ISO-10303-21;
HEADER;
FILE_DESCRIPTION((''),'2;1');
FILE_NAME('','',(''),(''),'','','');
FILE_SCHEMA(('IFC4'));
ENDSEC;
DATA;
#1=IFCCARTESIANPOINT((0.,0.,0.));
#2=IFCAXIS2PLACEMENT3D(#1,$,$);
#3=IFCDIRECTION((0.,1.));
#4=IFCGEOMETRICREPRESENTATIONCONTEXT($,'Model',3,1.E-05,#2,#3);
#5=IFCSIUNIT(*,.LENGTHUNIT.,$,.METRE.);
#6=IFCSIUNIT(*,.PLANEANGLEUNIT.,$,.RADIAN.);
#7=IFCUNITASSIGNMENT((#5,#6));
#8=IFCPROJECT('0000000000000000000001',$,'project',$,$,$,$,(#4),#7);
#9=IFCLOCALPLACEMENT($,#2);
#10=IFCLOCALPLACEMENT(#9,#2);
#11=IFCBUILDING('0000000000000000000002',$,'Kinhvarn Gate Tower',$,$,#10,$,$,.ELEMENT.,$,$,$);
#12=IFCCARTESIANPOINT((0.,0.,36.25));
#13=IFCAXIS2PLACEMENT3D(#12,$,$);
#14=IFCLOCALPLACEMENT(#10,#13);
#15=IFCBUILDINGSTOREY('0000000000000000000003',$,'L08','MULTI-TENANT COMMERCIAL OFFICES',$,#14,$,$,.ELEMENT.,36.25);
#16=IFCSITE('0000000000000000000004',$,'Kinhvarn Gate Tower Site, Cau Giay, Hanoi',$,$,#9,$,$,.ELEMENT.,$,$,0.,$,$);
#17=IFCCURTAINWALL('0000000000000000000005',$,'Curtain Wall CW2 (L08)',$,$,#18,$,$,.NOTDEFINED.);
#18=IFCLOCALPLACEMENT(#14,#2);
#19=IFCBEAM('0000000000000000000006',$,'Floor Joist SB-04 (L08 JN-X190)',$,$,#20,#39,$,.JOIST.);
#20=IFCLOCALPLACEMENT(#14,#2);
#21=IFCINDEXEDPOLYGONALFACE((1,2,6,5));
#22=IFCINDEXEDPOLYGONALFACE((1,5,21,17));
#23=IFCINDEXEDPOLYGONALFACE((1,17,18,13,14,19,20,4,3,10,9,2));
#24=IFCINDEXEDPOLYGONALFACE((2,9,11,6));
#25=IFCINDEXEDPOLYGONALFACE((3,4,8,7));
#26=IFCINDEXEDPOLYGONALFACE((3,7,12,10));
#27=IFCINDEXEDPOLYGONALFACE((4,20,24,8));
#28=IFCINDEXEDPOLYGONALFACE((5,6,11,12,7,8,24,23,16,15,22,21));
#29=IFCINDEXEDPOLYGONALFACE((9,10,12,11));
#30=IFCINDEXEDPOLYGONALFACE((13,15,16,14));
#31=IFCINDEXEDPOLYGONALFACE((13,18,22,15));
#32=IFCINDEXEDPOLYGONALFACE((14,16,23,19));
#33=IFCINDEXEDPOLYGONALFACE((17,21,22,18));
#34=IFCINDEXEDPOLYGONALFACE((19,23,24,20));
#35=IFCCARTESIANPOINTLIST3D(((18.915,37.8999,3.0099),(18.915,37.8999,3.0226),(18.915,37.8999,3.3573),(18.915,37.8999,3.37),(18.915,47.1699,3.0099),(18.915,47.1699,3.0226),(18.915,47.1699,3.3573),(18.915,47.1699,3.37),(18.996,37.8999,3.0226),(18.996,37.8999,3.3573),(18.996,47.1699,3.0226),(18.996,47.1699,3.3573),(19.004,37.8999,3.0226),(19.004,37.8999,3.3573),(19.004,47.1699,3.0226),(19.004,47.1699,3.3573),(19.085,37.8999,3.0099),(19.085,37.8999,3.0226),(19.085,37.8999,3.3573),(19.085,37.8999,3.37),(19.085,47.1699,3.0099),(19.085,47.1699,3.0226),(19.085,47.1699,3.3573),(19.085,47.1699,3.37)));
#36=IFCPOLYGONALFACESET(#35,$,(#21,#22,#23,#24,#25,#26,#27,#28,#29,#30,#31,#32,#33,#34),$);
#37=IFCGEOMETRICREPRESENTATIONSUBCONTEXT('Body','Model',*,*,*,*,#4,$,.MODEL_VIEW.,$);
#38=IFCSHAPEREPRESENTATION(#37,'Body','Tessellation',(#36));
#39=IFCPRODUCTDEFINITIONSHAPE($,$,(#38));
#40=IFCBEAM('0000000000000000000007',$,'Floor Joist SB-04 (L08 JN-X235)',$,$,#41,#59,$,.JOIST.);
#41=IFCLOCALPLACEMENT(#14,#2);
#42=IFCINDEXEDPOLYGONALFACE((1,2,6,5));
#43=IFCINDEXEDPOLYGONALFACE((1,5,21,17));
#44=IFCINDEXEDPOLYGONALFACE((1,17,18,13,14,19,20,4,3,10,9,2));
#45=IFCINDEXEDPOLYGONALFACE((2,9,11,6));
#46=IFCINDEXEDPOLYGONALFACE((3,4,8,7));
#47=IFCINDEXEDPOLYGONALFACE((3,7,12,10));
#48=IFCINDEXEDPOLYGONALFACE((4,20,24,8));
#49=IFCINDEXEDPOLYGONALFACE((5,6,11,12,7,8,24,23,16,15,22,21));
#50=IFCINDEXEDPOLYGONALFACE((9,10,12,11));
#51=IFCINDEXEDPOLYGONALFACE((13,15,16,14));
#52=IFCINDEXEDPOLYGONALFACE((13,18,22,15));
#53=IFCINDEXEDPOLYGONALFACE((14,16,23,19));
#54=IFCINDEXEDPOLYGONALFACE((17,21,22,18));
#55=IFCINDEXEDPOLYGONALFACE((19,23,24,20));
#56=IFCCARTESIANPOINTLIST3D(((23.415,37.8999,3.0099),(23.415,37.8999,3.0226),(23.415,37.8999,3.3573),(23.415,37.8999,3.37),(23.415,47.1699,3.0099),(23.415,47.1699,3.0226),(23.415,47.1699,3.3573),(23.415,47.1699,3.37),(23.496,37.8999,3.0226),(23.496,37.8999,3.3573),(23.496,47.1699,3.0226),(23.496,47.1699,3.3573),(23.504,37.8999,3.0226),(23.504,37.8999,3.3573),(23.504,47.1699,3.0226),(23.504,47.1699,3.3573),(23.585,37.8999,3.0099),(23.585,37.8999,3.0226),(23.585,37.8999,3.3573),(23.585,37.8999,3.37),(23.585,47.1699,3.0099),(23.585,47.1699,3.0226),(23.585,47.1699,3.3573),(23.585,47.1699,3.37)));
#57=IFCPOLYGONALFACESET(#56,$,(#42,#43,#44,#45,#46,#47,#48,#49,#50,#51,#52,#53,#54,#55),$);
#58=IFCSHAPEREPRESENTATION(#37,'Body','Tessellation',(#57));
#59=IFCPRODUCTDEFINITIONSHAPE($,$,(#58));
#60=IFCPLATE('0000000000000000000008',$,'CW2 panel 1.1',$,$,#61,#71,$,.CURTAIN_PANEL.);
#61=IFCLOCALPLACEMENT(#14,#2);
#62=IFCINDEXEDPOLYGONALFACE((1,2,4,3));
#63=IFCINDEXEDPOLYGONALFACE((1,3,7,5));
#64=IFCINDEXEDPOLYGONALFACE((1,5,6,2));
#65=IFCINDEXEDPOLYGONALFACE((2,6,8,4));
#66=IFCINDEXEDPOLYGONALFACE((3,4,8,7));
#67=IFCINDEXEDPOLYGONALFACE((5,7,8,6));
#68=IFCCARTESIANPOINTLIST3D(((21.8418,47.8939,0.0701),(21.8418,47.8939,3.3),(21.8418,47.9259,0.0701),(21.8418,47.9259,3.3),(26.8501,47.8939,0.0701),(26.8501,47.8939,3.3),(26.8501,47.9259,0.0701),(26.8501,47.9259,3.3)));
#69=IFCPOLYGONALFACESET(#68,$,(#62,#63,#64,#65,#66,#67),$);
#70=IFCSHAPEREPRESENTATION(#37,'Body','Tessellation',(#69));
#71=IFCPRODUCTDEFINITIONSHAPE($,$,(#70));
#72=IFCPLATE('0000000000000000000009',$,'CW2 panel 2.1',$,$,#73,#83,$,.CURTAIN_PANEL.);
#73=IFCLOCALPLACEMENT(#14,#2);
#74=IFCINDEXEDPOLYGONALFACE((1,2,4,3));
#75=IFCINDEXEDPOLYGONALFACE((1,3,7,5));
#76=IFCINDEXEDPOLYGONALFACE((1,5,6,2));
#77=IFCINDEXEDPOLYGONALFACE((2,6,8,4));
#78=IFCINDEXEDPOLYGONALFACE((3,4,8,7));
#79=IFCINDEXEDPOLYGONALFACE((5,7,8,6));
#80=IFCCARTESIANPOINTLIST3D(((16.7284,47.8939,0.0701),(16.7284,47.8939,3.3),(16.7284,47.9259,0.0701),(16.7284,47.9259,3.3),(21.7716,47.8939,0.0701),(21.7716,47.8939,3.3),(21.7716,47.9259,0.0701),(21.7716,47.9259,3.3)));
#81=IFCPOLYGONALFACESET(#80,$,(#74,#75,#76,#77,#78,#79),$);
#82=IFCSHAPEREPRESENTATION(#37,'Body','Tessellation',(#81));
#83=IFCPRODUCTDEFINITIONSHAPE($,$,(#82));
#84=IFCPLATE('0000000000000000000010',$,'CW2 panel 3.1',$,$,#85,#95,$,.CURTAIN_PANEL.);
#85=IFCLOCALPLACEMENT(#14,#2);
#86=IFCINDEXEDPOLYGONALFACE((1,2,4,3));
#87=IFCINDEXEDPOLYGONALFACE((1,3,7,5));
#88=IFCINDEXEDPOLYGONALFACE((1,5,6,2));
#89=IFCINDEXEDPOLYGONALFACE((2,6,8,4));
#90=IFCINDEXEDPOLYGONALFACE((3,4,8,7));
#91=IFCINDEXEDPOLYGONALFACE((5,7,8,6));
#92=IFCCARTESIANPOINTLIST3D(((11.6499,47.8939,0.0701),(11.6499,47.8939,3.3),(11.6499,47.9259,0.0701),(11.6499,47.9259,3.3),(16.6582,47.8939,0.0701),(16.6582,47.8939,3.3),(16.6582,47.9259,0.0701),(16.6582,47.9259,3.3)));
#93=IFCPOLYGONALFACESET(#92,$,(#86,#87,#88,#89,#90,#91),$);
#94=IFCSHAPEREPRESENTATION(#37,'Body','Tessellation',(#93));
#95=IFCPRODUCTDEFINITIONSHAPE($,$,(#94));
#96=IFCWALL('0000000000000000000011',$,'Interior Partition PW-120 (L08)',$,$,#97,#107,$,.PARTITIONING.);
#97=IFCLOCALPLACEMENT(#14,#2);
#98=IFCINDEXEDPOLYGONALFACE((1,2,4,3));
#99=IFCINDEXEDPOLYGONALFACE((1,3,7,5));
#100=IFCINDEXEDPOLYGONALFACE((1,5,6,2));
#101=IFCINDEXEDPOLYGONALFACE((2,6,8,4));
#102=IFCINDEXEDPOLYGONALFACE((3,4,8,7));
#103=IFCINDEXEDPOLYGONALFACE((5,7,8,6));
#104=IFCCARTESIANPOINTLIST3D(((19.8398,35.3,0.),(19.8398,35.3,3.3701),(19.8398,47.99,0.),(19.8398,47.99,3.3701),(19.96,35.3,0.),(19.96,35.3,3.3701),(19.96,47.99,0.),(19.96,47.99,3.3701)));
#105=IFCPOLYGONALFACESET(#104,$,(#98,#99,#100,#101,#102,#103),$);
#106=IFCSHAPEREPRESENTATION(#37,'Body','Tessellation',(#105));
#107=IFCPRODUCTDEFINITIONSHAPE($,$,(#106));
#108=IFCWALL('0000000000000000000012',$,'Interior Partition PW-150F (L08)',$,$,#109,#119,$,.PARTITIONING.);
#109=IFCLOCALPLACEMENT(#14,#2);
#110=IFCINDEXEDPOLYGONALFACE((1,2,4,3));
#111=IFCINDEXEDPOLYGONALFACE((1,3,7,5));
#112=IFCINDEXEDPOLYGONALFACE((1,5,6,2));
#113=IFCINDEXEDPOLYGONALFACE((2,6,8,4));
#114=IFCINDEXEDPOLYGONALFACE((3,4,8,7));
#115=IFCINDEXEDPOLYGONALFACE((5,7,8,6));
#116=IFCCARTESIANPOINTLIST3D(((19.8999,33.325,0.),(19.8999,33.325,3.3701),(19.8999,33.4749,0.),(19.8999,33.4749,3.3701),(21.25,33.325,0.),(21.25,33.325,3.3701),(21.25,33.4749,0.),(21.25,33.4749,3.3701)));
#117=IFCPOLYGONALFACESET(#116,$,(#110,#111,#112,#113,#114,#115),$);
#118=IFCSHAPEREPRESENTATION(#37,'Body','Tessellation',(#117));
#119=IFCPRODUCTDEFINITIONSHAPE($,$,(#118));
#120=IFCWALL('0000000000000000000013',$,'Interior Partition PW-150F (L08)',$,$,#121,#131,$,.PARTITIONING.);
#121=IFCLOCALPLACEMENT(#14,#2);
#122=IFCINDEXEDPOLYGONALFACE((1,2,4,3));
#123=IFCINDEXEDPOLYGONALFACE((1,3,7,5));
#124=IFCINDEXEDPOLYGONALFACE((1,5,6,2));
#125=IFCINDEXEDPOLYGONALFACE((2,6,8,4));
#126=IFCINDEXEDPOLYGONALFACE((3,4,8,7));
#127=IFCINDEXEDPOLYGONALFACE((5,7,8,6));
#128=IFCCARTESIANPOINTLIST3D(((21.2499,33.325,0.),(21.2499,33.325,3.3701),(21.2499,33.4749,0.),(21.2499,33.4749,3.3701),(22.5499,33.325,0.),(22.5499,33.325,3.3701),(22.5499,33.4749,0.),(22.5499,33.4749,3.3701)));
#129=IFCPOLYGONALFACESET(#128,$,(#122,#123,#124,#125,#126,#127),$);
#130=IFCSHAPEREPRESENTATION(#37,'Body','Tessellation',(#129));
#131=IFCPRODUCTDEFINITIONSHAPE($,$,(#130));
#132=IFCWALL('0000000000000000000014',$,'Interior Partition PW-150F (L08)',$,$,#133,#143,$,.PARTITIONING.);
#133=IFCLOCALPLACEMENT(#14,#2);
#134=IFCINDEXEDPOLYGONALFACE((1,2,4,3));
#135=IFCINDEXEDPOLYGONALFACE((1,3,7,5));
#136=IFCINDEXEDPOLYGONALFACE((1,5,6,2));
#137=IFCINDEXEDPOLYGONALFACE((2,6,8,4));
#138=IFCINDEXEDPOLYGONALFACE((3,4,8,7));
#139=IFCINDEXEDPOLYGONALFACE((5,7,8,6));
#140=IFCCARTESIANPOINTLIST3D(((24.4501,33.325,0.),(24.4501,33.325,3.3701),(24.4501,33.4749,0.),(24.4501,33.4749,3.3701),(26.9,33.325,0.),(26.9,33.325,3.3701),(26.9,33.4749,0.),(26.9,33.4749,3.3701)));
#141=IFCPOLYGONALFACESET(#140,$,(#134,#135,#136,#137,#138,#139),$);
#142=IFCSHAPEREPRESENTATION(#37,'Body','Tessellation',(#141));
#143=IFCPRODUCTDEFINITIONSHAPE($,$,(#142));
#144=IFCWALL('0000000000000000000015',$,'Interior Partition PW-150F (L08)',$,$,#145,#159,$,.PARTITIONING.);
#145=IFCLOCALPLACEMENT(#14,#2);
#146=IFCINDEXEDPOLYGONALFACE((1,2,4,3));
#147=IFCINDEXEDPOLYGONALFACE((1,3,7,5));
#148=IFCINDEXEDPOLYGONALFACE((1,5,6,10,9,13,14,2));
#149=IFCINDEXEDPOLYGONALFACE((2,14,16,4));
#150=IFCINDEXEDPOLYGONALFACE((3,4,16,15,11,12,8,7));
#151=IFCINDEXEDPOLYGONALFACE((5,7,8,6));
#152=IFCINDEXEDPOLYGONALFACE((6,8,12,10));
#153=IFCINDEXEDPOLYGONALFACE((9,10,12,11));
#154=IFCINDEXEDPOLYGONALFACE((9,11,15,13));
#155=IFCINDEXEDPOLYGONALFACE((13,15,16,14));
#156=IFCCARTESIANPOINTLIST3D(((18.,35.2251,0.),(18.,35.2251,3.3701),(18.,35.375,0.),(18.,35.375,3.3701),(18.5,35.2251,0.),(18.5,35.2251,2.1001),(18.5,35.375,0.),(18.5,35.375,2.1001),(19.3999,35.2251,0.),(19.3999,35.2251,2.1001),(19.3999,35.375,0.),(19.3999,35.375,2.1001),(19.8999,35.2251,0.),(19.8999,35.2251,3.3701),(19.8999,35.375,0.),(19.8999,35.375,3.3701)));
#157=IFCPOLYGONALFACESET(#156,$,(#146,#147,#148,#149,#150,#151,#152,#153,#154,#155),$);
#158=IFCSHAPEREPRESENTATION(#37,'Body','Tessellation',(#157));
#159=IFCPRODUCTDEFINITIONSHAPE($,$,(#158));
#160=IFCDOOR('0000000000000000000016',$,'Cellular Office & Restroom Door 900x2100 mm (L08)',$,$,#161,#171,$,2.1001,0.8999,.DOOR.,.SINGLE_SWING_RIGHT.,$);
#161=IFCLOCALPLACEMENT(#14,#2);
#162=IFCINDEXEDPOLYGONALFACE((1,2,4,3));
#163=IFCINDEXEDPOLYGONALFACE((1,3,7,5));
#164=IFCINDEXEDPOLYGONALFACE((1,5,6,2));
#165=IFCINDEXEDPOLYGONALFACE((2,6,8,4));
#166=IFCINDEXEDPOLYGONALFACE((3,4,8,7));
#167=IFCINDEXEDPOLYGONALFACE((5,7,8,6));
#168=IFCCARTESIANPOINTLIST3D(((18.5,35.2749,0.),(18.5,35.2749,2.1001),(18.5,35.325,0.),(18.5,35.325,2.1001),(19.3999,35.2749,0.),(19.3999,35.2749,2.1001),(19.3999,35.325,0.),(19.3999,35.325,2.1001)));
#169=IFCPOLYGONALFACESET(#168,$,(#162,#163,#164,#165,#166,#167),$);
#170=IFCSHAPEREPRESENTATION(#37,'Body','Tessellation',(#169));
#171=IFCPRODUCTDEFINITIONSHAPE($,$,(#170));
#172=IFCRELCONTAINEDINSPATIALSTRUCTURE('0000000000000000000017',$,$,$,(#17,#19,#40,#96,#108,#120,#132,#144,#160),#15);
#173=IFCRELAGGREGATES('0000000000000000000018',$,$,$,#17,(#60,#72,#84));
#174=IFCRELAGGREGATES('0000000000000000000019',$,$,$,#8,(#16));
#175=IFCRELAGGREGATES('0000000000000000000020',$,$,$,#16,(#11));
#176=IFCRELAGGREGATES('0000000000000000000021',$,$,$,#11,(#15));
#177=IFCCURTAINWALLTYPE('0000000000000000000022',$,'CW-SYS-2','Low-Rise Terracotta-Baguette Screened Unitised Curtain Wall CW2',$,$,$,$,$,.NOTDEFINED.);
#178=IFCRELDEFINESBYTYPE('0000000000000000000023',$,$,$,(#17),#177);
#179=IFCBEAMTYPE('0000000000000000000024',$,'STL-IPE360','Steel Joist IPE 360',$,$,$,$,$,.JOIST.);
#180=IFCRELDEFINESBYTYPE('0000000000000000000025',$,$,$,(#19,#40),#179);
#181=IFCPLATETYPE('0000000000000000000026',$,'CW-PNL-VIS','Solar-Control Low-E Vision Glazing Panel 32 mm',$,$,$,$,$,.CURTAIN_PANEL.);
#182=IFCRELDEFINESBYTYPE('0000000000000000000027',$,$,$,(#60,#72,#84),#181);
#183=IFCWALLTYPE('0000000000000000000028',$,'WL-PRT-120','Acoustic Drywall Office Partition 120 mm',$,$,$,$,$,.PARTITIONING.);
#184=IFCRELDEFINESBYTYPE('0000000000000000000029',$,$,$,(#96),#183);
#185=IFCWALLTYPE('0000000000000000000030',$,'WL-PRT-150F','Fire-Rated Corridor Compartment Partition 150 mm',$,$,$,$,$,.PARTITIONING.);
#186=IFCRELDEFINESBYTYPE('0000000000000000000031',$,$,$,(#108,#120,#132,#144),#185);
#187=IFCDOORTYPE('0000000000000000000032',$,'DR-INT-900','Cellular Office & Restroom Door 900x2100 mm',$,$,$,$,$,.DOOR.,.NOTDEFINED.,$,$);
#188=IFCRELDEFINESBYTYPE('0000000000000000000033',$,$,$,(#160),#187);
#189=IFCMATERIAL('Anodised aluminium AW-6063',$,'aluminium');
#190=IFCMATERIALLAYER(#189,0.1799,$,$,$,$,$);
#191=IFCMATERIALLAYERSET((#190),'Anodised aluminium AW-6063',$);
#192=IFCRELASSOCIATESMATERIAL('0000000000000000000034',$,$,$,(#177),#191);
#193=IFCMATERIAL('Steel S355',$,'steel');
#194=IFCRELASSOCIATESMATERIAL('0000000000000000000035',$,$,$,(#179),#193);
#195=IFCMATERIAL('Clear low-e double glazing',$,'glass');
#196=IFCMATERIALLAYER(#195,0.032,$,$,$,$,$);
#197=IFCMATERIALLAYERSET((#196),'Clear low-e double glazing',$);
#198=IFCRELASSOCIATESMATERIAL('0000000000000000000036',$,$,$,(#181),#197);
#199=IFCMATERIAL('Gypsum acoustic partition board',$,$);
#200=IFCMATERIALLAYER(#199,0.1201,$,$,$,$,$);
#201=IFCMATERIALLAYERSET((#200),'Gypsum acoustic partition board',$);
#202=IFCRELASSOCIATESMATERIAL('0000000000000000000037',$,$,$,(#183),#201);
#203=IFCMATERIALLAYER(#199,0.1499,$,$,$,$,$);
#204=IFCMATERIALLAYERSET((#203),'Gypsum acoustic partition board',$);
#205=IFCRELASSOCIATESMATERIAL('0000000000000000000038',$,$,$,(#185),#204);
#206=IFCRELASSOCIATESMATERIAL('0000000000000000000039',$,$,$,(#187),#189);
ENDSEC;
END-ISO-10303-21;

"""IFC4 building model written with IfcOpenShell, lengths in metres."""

from ifc_helpers import new_model, si_unit, direction, frame, frame_2d, origin, origin_2d, place, context, subcontext, project, spatial, rectangle, i_section, extrude, material, layer, layer_set, material_profile, profile_set, type_object, element, fill, aggregate, save


model = new_model("IFC4")

# Units and contexts
model_context = context("Model", 3, precision=1e-05, world=origin(), true_north=direction((0.0, 1.0)))
body_context = subcontext(model_context, "Body", "Model", "MODEL_VIEW")
ifc_project = project(units=[si_unit("LENGTHUNIT", "METRE"), si_unit("PLANEANGLEUNIT", "RADIAN")], contexts=[model_context])

# Site, building, storey
site_placement = place(None, origin())
site = spatial("IfcSite", under=ifc_project, at=site_placement, Name="Kinhvarn Gate Tower Site, Cau Giay, Hanoi", CompositionType="ELEMENT", RefElevation=0.0)
building_placement = place(site_placement, origin())
building = spatial("IfcBuilding", under=site, at=building_placement, Name="Kinhvarn Gate Tower", CompositionType="ELEMENT")
storey_placement = place(building_placement, frame((0.0, 0.0, 36.25)))
storey = spatial("IfcBuildingStorey", under=building, at=storey_placement, Name="L08", Description="MULTI-TENANT COMMERCIAL OFFICES", CompositionType="ELEMENT", Elevation=36.25)

# Curtain wall
ifc_material_1 = material(Name="Anodised aluminium AW-6063", Category="aluminium")
ifc_layer_1 = layer(ifc_material_1, 0.1799)
ifc_layer_set_1 = layer_set([ifc_layer_1], Name="Anodised aluminium AW-6063")
curtain_wall_type = type_object("IfcCurtainWallType", Name="CW-SYS-2", Description="Low-Rise Terracotta-Baguette Screened Unitised Curtain Wall CW2", PredefinedType="NOTDEFINED", material=ifc_layer_set_1)
curtain_wall_placement = place(storey_placement, origin())
curtain_wall = element("IfcCurtainWall", 1, at=curtain_wall_placement, inside=storey, type_object=curtain_wall_type, Name="Curtain Wall CW2 (L08)", PredefinedType="NOTDEFINED")

# Beams
ifc_material_2 = material(Name="Steel S355", Category="steel")
ifc_material_profile_1 = material_profile(ifc_material_2, i_section(OverallWidth=0.1699, OverallDepth=0.3601, WebThickness=0.0081, FlangeThickness=0.0127, at=origin_2d()), Name="IPE 360")
ifc_profile_set_1 = profile_set([ifc_material_profile_1], Name="Steel S355")
beam_type_1 = type_object("IfcBeamType", Name="STL-IPE360", Description="Steel Joist IPE 360", PredefinedType="JOIST", material=ifc_profile_set_1)
for number, where, z_axis, x_axis, name in (
    (2, (19.0, 37.8999, 3.1899), (0.0, 1.0, 0.0), (-1.0, 0.0, 0.0), "Floor Joist SB-04 (L08 JN-X190)"),
    (3, (23.5, 37.8999, 3.1899), (0.0, 1.0, 0.0), (-1.0, 0.0, 0.0), "Floor Joist SB-04 (L08 JN-X235)"),
):
    element("IfcBeam", number, at=place(storey_placement, frame(where, z_axis=z_axis, x_axis=x_axis)), inside=storey, type_object=beam_type_1, Name=name, PredefinedType="JOIST", context=body_context, shape_type="SweptSolid", body=[
        extrude(i_section(OverallWidth=0.1699, OverallDepth=0.3601, WebThickness=0.0081, FlangeThickness=0.0127, at=origin_2d()), origin(), (0.0, 0.0, 1.0), 9.27),
    ])

# Plates
ifc_material_3 = material(Name="Clear low-e double glazing", Category="glass")
ifc_layer_2 = layer(ifc_material_3, 0.032)
ifc_layer_set_2 = layer_set([ifc_layer_2], Name="Clear low-e double glazing")
plate_type = type_object("IfcPlateType", Name="CW-PNL-VIS", Description="Solar-Control Low-E Vision Glazing Panel 32 mm", PredefinedType="CURTAIN_PANEL", material=ifc_layer_set_2)
plate_1_placement = place(storey_placement, frame((24.3459, 47.9099, 0.0701), z_axis=(0.0, 0.0, 1.0), x_axis=(-1.0, 0.0, 0.0)))
plate_1 = element("IfcPlate", 4, at=plate_1_placement, type_object=plate_type, Name="CW2 panel 1.1", PredefinedType="CURTAIN_PANEL", context=body_context, shape_type="SweptSolid", body=[
    extrude(rectangle(XDim=5.0083, YDim=0.032, at=origin_2d()), origin(), (0.0, 0.0, 1.0), 3.23),
])
plate_2_placement = place(storey_placement, frame((19.25, 47.9099, 0.0701), z_axis=(0.0, 0.0, 1.0), x_axis=(-1.0, 0.0, 0.0)))
plate_2 = element("IfcPlate", 5, at=plate_2_placement, type_object=plate_type, Name="CW2 panel 2.1", PredefinedType="CURTAIN_PANEL", context=body_context, shape_type="SweptSolid", body=[
    extrude(rectangle(XDim=5.0432, YDim=0.032, at=origin_2d()), origin(), (0.0, 0.0, 1.0), 3.23),
])
plate_3_placement = place(storey_placement, frame((14.1541, 47.9099, 0.0701), z_axis=(0.0, 0.0, 1.0), x_axis=(-1.0, 0.0, 0.0)))
plate_3 = element("IfcPlate", 6, at=plate_3_placement, type_object=plate_type, Name="CW2 panel 3.1", PredefinedType="CURTAIN_PANEL", context=body_context, shape_type="SweptSolid", body=[
    extrude(rectangle(XDim=5.0083, YDim=0.032, at=origin_2d()), origin(), (0.0, 0.0, 1.0), 3.23),
])
aggregate(curtain_wall, [plate_1, plate_2, plate_3])

# Walls
ifc_material_4 = material(Name="Gypsum acoustic partition board")
ifc_layer_3 = layer(ifc_material_4, 0.1201)
ifc_layer_set_3 = layer_set([ifc_layer_3], Name="Gypsum acoustic partition board")
wall_type_1 = type_object("IfcWallType", Name="WL-PRT-120", Description="Acoustic Drywall Office Partition 120 mm", PredefinedType="PARTITIONING", material=ifc_layer_set_3)
wall_1_placement = place(storey_placement, frame((19.8999, 35.3, 0.0), z_axis=(0.0, 0.0, 1.0), x_axis=(0.0, 1.0, 0.0)))
element("IfcWall", 7, at=wall_1_placement, inside=storey, type_object=wall_type_1, Name="Interior Partition PW-120 (L08)", PredefinedType="PARTITIONING", context=body_context, shape_type="SweptSolid", body=[
    extrude(rectangle(XDim=12.6899, YDim=0.1201, at=frame_2d((6.345, 0.0))), origin(), (0.0, 0.0, 1.0), 3.3701),
])
ifc_layer_4 = layer(ifc_material_4, 0.1499)
ifc_layer_set_4 = layer_set([ifc_layer_4], Name="Gypsum acoustic partition board")
wall_type_2 = type_object("IfcWallType", Name="WL-PRT-150F", Description="Fire-Rated Corridor Compartment Partition 150 mm", PredefinedType="PARTITIONING", material=ifc_layer_set_4)
wall_2_placement = place(storey_placement, frame((19.8999, 33.3999, 0.0), z_axis=(0.0, 0.0, 1.0), x_axis=(1.0, 0.0, 0.0)))
element("IfcWall", 8, at=wall_2_placement, inside=storey, type_object=wall_type_2, Name="Interior Partition PW-150F (L08)", PredefinedType="PARTITIONING", context=body_context, shape_type="SweptSolid", body=[
    extrude(rectangle(XDim=1.3501, YDim=0.1499, at=frame_2d((0.675, 0.0))), origin(), (0.0, 0.0, 1.0), 3.3701),
])
wall_3_placement = place(storey_placement, frame((21.25, 33.3999, 0.0), z_axis=(0.0, 0.0, 1.0), x_axis=(1.0, 0.0, 0.0)))
element("IfcWall", 9, at=wall_3_placement, inside=storey, type_object=wall_type_2, Name="Interior Partition PW-150F (L08)", PredefinedType="PARTITIONING", context=body_context, shape_type="SweptSolid", body=[
    extrude(rectangle(XDim=1.3, YDim=0.1499, at=frame_2d((0.6499, 0.0))), origin(), (0.0, 0.0, 1.0), 3.3701),
])
wall_4_placement = place(storey_placement, frame((24.45, 33.3999, 0.0), z_axis=(0.0, 0.0, 1.0), x_axis=(1.0, 0.0, 0.0)))
element("IfcWall", 10, at=wall_4_placement, inside=storey, type_object=wall_type_2, Name="Interior Partition PW-150F (L08)", PredefinedType="PARTITIONING", context=body_context, shape_type="SweptSolid", body=[
    extrude(rectangle(XDim=2.45, YDim=0.1499, at=frame_2d((1.2251, 0.0))), origin(), (0.0, 0.0, 1.0), 3.3701),
])

# Wall, opening, door
wall_5_placement = place(storey_placement, frame((18.0, 35.3, 0.0), z_axis=(0.0, 0.0, 1.0), x_axis=(1.0, 0.0, 0.0)))
wall_5 = element("IfcWall", 11, at=wall_5_placement, inside=storey, type_object=wall_type_2, Name="Interior Partition PW-150F (L08)", PredefinedType="PARTITIONING", context=body_context, shape_type="SweptSolid", body=[
    extrude(rectangle(XDim=1.8999, YDim=0.1499, at=frame_2d((0.95, 0.0))), origin(), (0.0, 0.0, 1.0), 3.3701),
])
opening_1_placement = place(wall_5_placement, frame((0.5, 0.0, 0.0)))
opening_1 = element("IfcOpeningElement", 12, at=opening_1_placement, cuts=wall_5, PredefinedType="OPENING", context=body_context, shape_type="SweptSolid", body=[
    extrude(rectangle(XDim=0.8999, YDim=2.1001, at=frame_2d((0.45, 1.05))), frame((0.0, 0.085, 0.0), z_axis=(0.0, -1.0, 0.0), x_axis=(1.0, 0.0, 0.0)), (0.0, 0.0, 1.0), 0.1699),
])
door_type_1 = type_object("IfcDoorType", Name="DR-INT-900", Description="Cellular Office & Restroom Door 900x2100 mm", OperationType="NOTDEFINED", PredefinedType="DOOR", material=ifc_material_1)
door_1_placement = place(opening_1_placement, origin())
door_1 = element("IfcDoor", 13, at=door_1_placement, inside=storey, type_object=door_type_1, Name="Cellular Office & Restroom Door 900x2100 mm (L08)", OperationType="SINGLE_SWING_RIGHT", OverallHeight=2.1001, OverallWidth=0.8999, PredefinedType="DOOR", context=body_context, shape_type="SweptSolid", body=[
    extrude(rectangle(XDim=0.8999, YDim=2.1001, at=frame_2d((0.45, 1.05))), frame((0.0, 0.0249, 0.0), z_axis=(0.0, -1.0, 0.0), x_axis=(1.0, 0.0, 0.0)), (0.0, 0.0, 1.0), 0.05),
])
fill(opening_1, door_1)

save(model, "model.ifc")
